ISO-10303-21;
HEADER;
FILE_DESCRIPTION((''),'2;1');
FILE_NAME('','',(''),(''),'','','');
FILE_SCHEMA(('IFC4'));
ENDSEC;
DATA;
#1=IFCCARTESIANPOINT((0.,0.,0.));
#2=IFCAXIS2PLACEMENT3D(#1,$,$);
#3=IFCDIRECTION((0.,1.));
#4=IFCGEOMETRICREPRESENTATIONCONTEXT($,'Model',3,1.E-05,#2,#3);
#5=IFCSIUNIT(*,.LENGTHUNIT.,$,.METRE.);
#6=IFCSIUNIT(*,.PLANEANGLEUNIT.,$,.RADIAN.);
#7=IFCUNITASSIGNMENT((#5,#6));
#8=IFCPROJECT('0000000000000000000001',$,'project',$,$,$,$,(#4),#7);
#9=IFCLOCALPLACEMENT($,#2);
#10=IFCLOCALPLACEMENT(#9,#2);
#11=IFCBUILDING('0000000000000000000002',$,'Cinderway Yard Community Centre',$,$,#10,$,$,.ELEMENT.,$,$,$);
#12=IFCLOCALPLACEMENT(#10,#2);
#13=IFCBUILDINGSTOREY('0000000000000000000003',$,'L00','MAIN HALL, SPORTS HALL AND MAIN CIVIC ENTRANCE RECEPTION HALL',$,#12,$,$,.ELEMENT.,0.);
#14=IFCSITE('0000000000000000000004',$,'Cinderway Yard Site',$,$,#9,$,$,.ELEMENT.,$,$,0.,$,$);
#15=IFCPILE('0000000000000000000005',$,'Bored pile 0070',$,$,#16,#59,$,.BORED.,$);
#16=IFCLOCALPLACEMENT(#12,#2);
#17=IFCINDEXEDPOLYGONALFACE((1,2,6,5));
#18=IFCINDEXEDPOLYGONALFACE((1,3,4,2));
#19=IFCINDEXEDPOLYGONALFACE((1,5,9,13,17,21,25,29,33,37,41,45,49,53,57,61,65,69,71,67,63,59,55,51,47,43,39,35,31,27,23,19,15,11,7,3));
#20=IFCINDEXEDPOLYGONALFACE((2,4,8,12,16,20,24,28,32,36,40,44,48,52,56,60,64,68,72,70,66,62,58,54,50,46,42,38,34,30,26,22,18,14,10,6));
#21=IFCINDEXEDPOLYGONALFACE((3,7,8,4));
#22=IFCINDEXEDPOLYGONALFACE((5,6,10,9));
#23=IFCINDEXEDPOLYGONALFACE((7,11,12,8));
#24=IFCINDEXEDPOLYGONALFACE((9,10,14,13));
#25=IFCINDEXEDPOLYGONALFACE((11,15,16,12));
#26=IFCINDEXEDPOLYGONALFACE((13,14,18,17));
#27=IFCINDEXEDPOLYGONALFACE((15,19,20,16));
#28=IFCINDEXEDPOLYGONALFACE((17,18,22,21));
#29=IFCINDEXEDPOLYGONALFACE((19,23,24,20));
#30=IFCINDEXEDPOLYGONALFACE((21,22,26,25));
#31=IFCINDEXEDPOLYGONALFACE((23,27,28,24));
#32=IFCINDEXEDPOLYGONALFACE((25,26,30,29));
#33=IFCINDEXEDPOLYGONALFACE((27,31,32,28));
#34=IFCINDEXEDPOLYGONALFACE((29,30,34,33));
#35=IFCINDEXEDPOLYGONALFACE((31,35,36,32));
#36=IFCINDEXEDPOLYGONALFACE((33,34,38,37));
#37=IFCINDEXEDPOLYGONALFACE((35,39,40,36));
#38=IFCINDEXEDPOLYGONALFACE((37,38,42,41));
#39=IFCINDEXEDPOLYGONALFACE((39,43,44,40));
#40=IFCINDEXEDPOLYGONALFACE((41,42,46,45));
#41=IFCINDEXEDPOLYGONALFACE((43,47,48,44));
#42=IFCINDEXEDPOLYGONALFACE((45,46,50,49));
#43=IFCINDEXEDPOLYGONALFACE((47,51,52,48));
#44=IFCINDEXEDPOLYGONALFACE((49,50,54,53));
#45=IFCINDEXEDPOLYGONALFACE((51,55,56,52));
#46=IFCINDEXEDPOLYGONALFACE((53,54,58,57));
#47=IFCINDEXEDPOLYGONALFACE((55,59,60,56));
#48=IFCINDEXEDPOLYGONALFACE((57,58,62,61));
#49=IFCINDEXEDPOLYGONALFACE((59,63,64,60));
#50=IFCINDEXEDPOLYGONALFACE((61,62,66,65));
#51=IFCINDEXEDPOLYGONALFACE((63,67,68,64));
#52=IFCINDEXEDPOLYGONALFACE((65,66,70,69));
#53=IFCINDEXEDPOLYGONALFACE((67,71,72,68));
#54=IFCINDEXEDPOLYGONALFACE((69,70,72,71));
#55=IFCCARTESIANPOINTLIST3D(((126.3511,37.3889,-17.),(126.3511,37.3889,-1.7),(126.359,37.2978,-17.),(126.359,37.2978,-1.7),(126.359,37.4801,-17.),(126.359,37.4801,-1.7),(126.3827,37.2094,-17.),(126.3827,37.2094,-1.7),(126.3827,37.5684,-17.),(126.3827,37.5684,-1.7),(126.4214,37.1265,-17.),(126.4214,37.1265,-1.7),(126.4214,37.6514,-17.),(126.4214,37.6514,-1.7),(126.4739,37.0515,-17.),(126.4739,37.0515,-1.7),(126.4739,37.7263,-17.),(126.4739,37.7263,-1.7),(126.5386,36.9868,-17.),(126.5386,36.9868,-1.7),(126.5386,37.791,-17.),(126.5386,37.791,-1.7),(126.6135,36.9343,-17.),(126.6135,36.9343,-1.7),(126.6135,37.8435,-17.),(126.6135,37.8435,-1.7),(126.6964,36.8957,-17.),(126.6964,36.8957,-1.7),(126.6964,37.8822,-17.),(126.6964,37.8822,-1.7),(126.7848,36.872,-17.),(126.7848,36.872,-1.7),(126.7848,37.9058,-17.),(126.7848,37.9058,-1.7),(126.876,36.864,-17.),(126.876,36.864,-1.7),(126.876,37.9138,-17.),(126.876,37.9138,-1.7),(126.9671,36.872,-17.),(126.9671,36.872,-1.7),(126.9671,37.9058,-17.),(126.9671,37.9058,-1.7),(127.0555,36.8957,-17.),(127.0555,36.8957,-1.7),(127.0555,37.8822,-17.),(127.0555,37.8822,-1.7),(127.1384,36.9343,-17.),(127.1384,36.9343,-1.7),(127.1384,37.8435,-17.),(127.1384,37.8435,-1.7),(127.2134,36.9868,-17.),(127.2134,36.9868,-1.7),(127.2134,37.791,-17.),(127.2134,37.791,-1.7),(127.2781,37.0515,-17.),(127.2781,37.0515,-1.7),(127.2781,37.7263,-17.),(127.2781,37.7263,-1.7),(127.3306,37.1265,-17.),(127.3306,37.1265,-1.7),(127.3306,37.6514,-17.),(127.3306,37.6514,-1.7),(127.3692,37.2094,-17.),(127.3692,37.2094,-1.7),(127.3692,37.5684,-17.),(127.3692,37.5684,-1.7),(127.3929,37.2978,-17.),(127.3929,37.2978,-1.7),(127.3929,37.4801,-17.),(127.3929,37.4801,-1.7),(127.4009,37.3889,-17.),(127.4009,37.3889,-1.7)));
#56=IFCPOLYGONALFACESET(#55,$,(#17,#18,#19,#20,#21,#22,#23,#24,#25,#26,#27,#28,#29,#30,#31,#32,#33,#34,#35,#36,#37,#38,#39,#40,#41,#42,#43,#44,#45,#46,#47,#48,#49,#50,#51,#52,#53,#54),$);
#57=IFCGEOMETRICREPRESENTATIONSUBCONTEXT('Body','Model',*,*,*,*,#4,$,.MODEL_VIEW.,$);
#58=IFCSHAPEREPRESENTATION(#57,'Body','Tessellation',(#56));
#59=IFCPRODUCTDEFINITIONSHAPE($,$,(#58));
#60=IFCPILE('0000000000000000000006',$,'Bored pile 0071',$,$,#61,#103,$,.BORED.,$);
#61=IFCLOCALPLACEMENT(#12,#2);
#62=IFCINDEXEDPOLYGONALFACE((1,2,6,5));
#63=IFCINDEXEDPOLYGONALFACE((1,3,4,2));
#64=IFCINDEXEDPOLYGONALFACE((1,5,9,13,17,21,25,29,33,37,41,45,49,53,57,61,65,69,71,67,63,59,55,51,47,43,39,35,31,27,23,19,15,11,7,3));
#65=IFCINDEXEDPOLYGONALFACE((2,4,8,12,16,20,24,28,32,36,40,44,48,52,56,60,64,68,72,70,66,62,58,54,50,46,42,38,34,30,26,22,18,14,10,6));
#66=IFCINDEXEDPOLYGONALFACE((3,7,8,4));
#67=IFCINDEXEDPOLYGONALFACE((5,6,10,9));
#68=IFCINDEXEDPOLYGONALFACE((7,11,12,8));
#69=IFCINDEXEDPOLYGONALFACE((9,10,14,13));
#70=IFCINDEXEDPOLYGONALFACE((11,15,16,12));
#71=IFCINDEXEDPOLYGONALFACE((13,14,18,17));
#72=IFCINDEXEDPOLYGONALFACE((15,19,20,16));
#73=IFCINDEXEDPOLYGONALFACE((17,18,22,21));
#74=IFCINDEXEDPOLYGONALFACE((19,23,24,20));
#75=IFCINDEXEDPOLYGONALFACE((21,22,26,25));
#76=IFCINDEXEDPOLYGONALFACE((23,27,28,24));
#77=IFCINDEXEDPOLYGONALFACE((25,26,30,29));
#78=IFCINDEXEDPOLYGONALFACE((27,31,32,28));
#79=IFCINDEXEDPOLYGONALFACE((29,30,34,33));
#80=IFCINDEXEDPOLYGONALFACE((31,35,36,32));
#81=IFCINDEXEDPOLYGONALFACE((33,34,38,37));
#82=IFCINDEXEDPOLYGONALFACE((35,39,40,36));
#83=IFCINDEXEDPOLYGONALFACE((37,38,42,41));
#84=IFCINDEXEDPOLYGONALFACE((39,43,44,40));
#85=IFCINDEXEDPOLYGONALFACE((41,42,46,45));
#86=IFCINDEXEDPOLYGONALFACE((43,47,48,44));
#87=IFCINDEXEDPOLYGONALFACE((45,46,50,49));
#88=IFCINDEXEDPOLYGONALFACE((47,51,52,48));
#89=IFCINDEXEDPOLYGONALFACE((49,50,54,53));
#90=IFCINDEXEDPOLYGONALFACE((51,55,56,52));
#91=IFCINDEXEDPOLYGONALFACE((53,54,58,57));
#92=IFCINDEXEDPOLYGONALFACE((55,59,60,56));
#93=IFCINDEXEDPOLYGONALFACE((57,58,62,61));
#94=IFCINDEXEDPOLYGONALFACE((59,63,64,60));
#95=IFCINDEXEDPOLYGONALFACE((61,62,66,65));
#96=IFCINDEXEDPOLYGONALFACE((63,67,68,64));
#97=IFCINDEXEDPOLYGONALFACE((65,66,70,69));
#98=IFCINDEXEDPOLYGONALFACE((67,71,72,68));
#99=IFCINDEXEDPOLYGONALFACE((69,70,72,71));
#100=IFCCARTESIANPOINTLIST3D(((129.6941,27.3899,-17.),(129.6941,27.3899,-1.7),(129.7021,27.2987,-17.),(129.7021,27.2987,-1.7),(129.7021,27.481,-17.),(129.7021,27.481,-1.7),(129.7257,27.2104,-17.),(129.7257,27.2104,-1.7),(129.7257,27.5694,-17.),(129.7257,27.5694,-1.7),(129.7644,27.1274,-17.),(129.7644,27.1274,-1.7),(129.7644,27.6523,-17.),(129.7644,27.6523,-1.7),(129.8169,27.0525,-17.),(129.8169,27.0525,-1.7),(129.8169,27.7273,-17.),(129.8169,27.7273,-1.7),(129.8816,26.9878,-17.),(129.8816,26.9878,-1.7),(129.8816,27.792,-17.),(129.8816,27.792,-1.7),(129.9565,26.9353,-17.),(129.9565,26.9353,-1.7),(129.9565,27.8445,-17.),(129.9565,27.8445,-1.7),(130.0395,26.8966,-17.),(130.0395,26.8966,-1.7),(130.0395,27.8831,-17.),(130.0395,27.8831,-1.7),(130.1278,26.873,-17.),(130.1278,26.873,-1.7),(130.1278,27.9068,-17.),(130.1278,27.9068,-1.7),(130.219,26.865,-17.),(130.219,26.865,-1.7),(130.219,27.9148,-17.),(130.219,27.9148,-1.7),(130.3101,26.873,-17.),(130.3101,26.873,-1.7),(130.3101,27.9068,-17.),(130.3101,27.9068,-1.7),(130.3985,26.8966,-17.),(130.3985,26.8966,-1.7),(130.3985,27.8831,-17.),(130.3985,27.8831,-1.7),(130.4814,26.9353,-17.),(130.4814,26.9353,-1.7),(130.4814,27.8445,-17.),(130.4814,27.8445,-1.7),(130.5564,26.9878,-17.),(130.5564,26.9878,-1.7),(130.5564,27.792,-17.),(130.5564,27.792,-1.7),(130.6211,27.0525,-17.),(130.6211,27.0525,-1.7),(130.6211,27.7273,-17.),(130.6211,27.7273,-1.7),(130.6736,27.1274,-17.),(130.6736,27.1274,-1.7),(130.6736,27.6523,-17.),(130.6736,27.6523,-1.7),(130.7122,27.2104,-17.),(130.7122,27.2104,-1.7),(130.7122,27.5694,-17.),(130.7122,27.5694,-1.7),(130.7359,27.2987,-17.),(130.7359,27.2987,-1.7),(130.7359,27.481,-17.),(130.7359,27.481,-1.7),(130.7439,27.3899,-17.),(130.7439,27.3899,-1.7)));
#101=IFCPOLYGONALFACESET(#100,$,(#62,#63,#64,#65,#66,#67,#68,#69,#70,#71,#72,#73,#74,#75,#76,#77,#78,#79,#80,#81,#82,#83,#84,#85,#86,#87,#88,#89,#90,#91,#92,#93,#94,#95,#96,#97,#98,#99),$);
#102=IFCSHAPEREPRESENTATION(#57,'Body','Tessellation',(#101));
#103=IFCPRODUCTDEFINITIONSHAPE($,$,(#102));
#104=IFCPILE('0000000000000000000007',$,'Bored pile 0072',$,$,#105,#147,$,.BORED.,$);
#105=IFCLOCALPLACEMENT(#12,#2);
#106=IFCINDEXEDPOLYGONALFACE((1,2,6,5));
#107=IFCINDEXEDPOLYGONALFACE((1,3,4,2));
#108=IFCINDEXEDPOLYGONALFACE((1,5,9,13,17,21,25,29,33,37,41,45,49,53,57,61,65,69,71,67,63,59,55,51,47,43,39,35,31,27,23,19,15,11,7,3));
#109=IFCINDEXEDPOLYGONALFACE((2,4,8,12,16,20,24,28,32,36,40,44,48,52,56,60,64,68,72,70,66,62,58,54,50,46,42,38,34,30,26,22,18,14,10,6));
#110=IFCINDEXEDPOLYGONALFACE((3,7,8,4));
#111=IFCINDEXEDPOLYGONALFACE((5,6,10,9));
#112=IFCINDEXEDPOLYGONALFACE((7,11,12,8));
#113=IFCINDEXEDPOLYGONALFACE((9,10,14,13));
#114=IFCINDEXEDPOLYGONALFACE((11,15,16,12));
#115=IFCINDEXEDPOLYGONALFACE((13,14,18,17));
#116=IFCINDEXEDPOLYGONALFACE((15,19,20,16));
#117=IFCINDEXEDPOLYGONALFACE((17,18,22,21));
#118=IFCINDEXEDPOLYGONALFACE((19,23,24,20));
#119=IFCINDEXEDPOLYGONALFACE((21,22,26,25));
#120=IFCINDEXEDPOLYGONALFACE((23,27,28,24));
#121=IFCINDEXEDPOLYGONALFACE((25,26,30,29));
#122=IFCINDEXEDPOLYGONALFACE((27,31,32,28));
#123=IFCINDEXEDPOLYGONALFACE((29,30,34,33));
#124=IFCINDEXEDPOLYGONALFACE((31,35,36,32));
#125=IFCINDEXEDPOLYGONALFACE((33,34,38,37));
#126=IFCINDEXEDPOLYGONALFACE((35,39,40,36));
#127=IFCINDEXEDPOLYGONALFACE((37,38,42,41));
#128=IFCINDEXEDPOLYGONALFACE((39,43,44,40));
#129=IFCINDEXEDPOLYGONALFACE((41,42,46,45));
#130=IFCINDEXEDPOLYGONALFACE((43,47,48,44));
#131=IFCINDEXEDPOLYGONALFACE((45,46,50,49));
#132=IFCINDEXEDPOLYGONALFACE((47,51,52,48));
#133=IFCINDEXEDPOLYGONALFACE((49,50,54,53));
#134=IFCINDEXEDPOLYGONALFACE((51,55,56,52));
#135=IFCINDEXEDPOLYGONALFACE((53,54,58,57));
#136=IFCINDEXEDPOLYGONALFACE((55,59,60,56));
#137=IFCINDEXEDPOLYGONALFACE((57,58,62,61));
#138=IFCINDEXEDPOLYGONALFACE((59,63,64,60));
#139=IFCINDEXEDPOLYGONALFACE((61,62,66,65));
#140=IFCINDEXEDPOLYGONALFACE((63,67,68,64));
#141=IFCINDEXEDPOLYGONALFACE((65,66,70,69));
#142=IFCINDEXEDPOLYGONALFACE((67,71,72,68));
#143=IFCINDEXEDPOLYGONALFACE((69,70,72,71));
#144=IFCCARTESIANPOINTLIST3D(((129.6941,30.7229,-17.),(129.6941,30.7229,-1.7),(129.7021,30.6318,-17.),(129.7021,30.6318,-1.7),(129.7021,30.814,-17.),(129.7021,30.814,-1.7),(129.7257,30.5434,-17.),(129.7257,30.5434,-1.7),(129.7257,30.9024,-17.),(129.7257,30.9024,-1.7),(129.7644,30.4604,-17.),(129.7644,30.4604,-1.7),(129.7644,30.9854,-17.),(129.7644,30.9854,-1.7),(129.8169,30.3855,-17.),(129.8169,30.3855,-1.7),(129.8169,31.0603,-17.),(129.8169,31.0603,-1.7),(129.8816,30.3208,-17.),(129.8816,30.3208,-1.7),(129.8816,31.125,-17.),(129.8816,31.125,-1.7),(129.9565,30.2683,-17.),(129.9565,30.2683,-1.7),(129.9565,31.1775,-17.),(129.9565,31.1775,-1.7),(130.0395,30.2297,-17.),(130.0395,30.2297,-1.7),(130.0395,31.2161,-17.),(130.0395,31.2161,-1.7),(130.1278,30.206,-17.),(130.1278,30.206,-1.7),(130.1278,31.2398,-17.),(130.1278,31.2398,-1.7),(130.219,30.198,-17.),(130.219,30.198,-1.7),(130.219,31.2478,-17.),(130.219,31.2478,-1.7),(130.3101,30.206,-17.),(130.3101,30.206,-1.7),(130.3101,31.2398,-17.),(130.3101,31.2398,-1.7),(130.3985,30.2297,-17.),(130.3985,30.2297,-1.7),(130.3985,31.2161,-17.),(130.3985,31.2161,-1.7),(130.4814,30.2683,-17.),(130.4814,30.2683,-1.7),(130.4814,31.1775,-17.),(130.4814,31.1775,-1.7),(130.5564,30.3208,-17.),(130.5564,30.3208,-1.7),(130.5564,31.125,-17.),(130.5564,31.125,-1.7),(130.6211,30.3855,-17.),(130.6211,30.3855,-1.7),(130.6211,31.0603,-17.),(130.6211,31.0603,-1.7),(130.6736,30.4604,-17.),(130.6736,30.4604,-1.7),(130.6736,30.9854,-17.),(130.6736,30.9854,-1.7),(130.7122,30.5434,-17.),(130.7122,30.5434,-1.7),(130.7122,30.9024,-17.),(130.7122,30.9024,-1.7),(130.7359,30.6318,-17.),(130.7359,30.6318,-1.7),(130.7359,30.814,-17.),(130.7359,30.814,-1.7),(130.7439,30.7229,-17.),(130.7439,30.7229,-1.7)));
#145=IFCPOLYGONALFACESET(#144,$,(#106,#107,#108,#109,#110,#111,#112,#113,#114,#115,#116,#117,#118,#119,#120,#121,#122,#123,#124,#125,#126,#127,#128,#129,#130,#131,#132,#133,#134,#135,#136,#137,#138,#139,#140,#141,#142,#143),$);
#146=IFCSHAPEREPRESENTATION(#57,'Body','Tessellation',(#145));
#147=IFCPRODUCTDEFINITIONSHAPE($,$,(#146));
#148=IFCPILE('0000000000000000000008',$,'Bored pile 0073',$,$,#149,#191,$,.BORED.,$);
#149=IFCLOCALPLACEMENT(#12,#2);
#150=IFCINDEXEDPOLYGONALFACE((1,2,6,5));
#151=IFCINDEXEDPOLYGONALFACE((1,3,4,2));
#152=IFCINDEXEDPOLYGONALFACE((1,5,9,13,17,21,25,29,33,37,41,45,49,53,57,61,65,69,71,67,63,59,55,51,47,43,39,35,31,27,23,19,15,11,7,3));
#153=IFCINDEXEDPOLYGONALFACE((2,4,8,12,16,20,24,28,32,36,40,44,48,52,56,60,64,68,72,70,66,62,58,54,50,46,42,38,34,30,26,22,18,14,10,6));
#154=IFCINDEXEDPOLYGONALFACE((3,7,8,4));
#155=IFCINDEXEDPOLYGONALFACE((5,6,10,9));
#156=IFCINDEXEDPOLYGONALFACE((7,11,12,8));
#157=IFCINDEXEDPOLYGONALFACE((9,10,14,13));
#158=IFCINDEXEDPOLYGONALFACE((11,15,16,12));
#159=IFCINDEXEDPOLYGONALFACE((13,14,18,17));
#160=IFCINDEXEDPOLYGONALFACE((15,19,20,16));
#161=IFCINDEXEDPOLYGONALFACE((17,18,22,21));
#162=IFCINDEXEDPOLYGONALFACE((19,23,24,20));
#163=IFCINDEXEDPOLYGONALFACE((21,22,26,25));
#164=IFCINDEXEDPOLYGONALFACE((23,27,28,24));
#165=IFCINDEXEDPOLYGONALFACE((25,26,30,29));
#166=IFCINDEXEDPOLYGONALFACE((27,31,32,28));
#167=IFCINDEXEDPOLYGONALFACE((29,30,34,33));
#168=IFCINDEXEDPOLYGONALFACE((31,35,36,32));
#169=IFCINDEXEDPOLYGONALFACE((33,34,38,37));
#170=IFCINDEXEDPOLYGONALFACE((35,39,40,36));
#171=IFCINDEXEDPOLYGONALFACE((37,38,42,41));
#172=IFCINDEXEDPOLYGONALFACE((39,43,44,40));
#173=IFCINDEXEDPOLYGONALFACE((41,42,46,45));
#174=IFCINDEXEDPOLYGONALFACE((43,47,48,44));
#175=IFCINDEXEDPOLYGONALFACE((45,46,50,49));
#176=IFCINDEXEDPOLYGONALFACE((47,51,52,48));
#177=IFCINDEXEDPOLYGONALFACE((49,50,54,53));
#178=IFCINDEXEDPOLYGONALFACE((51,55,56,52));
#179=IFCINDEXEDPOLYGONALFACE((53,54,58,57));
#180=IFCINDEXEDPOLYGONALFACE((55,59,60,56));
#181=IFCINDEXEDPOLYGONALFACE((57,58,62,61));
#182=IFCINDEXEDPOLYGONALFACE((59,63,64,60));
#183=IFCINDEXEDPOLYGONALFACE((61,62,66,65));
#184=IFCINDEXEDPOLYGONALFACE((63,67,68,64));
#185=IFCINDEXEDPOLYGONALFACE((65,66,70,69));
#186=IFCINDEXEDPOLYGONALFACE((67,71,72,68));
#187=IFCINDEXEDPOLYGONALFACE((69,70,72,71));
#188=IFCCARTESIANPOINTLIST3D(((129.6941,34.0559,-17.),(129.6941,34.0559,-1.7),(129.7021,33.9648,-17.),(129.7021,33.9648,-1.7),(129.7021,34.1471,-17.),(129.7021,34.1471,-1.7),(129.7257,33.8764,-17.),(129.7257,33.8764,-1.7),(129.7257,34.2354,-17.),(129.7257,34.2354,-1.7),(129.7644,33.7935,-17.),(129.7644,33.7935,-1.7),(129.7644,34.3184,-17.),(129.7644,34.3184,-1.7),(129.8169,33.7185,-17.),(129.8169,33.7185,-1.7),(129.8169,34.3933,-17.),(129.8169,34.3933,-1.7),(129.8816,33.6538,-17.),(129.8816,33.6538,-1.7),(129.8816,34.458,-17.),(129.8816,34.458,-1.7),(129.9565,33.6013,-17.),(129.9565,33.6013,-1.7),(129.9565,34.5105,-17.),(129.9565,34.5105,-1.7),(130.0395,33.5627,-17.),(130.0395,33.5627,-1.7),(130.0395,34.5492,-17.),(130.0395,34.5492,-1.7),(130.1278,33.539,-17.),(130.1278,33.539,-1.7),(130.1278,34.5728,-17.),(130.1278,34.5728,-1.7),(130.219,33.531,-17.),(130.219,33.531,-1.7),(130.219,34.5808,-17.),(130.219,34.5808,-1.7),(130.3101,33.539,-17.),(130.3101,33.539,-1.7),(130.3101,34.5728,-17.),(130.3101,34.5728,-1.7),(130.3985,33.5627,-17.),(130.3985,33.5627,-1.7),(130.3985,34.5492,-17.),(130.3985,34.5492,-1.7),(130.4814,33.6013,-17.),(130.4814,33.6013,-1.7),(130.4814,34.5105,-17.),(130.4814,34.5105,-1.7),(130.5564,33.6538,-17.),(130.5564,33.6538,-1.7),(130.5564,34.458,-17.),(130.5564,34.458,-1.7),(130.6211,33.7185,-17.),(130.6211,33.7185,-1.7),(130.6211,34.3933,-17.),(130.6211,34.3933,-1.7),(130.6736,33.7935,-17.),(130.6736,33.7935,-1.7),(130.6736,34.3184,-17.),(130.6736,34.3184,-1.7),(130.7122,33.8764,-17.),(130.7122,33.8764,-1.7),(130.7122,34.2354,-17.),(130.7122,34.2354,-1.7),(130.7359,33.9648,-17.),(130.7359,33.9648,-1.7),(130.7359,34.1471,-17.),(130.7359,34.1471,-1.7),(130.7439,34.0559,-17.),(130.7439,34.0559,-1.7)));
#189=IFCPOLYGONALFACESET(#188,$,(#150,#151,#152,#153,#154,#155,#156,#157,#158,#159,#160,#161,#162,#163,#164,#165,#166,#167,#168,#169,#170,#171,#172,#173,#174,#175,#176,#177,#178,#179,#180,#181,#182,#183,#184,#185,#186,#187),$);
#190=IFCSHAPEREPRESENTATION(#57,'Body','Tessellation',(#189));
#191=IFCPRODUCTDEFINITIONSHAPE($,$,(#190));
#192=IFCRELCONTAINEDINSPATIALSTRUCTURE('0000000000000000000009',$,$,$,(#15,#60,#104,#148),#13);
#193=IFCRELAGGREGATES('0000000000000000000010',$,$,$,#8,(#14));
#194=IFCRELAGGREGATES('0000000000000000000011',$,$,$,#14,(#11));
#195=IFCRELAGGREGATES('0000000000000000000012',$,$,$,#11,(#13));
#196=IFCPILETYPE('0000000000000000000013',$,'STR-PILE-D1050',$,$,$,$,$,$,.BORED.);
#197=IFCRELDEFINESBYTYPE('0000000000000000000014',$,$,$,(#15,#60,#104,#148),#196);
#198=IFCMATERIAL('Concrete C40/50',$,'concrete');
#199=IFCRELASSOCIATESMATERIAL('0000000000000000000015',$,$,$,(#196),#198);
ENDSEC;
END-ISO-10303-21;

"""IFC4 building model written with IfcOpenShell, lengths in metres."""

from ifc_helpers import new_model, si_unit, direction, frame, origin, origin_2d, place, context, subcontext, project, spatial, circle, extrude, material, material_profile, profile_set, type_object, element, save


model = new_model("IFC4")

# Units and contexts
model_context = context("Model", 3, precision=1e-05, world=origin(), true_north=direction((0.0, 1.0)))
body_context = subcontext(model_context, "Body", "Model", "MODEL_VIEW")
ifc_project = project(units=[si_unit("LENGTHUNIT", "METRE"), si_unit("PLANEANGLEUNIT", "RADIAN")], contexts=[model_context])

# Site, building, storey
site_placement = place(None, origin())
site = spatial("IfcSite", under=ifc_project, at=site_placement, Name="Cinderway Yard Site", CompositionType="ELEMENT", RefElevation=0.0)
building_placement = place(site_placement, origin())
building = spatial("IfcBuilding", under=site, at=building_placement, Name="Cinderway Yard Community Centre", CompositionType="ELEMENT")
storey_placement = place(building_placement, origin())
storey = spatial("IfcBuildingStorey", under=building, at=storey_placement, Name="L00", Description="MAIN HALL, SPORTS HALL AND MAIN CIVIC ENTRANCE RECEPTION HALL", CompositionType="ELEMENT", Elevation=0.0)

# Shared definitions
ifc_material_1 = material(Name="Concrete C40/50", Category="concrete")

# Piles
ifc_material_profile_1 = material_profile(ifc_material_1, circle(Radius=0.5249, at=origin_2d()), Name="Concrete C40/50")
ifc_profile_set_1 = profile_set([ifc_material_profile_1], Name="Concrete C40/50")
pile_type = type_object("IfcPileType", Name="STR-PILE-D1050", PredefinedType="BORED", material=ifc_profile_set_1)
for number, where, z_axis, x_axis, name in (
    (1, (126.876, 37.3889, -1.7), (0.0, 0.0, -1.0), (1.0, 0.0, 0.0), "Bored pile 0070"),
    (2, (130.219, 27.3899, -1.7), (0.0, 0.0, -1.0), (1.0, 0.0, 0.0), "Bored pile 0071"),
    (3, (130.219, 30.7229, -1.7), (0.0, 0.0, -1.0), (1.0, 0.0, 0.0), "Bored pile 0072"),
    (4, (130.219, 34.0559, -1.7), (0.0, 0.0, -1.0), (1.0, 0.0, 0.0), "Bored pile 0073"),
):
    element("IfcPile", number, at=place(storey_placement, frame(where, z_axis=z_axis, x_axis=x_axis)), inside=storey, type_object=pile_type, Name=name, PredefinedType="BORED", context=body_context, shape_type="SweptSolid", body=[
        extrude(circle(Radius=0.5249, at=origin_2d()), origin(), (0.0, 0.0, 1.0), 15.3),
    ])

save(model, "model.ifc")
